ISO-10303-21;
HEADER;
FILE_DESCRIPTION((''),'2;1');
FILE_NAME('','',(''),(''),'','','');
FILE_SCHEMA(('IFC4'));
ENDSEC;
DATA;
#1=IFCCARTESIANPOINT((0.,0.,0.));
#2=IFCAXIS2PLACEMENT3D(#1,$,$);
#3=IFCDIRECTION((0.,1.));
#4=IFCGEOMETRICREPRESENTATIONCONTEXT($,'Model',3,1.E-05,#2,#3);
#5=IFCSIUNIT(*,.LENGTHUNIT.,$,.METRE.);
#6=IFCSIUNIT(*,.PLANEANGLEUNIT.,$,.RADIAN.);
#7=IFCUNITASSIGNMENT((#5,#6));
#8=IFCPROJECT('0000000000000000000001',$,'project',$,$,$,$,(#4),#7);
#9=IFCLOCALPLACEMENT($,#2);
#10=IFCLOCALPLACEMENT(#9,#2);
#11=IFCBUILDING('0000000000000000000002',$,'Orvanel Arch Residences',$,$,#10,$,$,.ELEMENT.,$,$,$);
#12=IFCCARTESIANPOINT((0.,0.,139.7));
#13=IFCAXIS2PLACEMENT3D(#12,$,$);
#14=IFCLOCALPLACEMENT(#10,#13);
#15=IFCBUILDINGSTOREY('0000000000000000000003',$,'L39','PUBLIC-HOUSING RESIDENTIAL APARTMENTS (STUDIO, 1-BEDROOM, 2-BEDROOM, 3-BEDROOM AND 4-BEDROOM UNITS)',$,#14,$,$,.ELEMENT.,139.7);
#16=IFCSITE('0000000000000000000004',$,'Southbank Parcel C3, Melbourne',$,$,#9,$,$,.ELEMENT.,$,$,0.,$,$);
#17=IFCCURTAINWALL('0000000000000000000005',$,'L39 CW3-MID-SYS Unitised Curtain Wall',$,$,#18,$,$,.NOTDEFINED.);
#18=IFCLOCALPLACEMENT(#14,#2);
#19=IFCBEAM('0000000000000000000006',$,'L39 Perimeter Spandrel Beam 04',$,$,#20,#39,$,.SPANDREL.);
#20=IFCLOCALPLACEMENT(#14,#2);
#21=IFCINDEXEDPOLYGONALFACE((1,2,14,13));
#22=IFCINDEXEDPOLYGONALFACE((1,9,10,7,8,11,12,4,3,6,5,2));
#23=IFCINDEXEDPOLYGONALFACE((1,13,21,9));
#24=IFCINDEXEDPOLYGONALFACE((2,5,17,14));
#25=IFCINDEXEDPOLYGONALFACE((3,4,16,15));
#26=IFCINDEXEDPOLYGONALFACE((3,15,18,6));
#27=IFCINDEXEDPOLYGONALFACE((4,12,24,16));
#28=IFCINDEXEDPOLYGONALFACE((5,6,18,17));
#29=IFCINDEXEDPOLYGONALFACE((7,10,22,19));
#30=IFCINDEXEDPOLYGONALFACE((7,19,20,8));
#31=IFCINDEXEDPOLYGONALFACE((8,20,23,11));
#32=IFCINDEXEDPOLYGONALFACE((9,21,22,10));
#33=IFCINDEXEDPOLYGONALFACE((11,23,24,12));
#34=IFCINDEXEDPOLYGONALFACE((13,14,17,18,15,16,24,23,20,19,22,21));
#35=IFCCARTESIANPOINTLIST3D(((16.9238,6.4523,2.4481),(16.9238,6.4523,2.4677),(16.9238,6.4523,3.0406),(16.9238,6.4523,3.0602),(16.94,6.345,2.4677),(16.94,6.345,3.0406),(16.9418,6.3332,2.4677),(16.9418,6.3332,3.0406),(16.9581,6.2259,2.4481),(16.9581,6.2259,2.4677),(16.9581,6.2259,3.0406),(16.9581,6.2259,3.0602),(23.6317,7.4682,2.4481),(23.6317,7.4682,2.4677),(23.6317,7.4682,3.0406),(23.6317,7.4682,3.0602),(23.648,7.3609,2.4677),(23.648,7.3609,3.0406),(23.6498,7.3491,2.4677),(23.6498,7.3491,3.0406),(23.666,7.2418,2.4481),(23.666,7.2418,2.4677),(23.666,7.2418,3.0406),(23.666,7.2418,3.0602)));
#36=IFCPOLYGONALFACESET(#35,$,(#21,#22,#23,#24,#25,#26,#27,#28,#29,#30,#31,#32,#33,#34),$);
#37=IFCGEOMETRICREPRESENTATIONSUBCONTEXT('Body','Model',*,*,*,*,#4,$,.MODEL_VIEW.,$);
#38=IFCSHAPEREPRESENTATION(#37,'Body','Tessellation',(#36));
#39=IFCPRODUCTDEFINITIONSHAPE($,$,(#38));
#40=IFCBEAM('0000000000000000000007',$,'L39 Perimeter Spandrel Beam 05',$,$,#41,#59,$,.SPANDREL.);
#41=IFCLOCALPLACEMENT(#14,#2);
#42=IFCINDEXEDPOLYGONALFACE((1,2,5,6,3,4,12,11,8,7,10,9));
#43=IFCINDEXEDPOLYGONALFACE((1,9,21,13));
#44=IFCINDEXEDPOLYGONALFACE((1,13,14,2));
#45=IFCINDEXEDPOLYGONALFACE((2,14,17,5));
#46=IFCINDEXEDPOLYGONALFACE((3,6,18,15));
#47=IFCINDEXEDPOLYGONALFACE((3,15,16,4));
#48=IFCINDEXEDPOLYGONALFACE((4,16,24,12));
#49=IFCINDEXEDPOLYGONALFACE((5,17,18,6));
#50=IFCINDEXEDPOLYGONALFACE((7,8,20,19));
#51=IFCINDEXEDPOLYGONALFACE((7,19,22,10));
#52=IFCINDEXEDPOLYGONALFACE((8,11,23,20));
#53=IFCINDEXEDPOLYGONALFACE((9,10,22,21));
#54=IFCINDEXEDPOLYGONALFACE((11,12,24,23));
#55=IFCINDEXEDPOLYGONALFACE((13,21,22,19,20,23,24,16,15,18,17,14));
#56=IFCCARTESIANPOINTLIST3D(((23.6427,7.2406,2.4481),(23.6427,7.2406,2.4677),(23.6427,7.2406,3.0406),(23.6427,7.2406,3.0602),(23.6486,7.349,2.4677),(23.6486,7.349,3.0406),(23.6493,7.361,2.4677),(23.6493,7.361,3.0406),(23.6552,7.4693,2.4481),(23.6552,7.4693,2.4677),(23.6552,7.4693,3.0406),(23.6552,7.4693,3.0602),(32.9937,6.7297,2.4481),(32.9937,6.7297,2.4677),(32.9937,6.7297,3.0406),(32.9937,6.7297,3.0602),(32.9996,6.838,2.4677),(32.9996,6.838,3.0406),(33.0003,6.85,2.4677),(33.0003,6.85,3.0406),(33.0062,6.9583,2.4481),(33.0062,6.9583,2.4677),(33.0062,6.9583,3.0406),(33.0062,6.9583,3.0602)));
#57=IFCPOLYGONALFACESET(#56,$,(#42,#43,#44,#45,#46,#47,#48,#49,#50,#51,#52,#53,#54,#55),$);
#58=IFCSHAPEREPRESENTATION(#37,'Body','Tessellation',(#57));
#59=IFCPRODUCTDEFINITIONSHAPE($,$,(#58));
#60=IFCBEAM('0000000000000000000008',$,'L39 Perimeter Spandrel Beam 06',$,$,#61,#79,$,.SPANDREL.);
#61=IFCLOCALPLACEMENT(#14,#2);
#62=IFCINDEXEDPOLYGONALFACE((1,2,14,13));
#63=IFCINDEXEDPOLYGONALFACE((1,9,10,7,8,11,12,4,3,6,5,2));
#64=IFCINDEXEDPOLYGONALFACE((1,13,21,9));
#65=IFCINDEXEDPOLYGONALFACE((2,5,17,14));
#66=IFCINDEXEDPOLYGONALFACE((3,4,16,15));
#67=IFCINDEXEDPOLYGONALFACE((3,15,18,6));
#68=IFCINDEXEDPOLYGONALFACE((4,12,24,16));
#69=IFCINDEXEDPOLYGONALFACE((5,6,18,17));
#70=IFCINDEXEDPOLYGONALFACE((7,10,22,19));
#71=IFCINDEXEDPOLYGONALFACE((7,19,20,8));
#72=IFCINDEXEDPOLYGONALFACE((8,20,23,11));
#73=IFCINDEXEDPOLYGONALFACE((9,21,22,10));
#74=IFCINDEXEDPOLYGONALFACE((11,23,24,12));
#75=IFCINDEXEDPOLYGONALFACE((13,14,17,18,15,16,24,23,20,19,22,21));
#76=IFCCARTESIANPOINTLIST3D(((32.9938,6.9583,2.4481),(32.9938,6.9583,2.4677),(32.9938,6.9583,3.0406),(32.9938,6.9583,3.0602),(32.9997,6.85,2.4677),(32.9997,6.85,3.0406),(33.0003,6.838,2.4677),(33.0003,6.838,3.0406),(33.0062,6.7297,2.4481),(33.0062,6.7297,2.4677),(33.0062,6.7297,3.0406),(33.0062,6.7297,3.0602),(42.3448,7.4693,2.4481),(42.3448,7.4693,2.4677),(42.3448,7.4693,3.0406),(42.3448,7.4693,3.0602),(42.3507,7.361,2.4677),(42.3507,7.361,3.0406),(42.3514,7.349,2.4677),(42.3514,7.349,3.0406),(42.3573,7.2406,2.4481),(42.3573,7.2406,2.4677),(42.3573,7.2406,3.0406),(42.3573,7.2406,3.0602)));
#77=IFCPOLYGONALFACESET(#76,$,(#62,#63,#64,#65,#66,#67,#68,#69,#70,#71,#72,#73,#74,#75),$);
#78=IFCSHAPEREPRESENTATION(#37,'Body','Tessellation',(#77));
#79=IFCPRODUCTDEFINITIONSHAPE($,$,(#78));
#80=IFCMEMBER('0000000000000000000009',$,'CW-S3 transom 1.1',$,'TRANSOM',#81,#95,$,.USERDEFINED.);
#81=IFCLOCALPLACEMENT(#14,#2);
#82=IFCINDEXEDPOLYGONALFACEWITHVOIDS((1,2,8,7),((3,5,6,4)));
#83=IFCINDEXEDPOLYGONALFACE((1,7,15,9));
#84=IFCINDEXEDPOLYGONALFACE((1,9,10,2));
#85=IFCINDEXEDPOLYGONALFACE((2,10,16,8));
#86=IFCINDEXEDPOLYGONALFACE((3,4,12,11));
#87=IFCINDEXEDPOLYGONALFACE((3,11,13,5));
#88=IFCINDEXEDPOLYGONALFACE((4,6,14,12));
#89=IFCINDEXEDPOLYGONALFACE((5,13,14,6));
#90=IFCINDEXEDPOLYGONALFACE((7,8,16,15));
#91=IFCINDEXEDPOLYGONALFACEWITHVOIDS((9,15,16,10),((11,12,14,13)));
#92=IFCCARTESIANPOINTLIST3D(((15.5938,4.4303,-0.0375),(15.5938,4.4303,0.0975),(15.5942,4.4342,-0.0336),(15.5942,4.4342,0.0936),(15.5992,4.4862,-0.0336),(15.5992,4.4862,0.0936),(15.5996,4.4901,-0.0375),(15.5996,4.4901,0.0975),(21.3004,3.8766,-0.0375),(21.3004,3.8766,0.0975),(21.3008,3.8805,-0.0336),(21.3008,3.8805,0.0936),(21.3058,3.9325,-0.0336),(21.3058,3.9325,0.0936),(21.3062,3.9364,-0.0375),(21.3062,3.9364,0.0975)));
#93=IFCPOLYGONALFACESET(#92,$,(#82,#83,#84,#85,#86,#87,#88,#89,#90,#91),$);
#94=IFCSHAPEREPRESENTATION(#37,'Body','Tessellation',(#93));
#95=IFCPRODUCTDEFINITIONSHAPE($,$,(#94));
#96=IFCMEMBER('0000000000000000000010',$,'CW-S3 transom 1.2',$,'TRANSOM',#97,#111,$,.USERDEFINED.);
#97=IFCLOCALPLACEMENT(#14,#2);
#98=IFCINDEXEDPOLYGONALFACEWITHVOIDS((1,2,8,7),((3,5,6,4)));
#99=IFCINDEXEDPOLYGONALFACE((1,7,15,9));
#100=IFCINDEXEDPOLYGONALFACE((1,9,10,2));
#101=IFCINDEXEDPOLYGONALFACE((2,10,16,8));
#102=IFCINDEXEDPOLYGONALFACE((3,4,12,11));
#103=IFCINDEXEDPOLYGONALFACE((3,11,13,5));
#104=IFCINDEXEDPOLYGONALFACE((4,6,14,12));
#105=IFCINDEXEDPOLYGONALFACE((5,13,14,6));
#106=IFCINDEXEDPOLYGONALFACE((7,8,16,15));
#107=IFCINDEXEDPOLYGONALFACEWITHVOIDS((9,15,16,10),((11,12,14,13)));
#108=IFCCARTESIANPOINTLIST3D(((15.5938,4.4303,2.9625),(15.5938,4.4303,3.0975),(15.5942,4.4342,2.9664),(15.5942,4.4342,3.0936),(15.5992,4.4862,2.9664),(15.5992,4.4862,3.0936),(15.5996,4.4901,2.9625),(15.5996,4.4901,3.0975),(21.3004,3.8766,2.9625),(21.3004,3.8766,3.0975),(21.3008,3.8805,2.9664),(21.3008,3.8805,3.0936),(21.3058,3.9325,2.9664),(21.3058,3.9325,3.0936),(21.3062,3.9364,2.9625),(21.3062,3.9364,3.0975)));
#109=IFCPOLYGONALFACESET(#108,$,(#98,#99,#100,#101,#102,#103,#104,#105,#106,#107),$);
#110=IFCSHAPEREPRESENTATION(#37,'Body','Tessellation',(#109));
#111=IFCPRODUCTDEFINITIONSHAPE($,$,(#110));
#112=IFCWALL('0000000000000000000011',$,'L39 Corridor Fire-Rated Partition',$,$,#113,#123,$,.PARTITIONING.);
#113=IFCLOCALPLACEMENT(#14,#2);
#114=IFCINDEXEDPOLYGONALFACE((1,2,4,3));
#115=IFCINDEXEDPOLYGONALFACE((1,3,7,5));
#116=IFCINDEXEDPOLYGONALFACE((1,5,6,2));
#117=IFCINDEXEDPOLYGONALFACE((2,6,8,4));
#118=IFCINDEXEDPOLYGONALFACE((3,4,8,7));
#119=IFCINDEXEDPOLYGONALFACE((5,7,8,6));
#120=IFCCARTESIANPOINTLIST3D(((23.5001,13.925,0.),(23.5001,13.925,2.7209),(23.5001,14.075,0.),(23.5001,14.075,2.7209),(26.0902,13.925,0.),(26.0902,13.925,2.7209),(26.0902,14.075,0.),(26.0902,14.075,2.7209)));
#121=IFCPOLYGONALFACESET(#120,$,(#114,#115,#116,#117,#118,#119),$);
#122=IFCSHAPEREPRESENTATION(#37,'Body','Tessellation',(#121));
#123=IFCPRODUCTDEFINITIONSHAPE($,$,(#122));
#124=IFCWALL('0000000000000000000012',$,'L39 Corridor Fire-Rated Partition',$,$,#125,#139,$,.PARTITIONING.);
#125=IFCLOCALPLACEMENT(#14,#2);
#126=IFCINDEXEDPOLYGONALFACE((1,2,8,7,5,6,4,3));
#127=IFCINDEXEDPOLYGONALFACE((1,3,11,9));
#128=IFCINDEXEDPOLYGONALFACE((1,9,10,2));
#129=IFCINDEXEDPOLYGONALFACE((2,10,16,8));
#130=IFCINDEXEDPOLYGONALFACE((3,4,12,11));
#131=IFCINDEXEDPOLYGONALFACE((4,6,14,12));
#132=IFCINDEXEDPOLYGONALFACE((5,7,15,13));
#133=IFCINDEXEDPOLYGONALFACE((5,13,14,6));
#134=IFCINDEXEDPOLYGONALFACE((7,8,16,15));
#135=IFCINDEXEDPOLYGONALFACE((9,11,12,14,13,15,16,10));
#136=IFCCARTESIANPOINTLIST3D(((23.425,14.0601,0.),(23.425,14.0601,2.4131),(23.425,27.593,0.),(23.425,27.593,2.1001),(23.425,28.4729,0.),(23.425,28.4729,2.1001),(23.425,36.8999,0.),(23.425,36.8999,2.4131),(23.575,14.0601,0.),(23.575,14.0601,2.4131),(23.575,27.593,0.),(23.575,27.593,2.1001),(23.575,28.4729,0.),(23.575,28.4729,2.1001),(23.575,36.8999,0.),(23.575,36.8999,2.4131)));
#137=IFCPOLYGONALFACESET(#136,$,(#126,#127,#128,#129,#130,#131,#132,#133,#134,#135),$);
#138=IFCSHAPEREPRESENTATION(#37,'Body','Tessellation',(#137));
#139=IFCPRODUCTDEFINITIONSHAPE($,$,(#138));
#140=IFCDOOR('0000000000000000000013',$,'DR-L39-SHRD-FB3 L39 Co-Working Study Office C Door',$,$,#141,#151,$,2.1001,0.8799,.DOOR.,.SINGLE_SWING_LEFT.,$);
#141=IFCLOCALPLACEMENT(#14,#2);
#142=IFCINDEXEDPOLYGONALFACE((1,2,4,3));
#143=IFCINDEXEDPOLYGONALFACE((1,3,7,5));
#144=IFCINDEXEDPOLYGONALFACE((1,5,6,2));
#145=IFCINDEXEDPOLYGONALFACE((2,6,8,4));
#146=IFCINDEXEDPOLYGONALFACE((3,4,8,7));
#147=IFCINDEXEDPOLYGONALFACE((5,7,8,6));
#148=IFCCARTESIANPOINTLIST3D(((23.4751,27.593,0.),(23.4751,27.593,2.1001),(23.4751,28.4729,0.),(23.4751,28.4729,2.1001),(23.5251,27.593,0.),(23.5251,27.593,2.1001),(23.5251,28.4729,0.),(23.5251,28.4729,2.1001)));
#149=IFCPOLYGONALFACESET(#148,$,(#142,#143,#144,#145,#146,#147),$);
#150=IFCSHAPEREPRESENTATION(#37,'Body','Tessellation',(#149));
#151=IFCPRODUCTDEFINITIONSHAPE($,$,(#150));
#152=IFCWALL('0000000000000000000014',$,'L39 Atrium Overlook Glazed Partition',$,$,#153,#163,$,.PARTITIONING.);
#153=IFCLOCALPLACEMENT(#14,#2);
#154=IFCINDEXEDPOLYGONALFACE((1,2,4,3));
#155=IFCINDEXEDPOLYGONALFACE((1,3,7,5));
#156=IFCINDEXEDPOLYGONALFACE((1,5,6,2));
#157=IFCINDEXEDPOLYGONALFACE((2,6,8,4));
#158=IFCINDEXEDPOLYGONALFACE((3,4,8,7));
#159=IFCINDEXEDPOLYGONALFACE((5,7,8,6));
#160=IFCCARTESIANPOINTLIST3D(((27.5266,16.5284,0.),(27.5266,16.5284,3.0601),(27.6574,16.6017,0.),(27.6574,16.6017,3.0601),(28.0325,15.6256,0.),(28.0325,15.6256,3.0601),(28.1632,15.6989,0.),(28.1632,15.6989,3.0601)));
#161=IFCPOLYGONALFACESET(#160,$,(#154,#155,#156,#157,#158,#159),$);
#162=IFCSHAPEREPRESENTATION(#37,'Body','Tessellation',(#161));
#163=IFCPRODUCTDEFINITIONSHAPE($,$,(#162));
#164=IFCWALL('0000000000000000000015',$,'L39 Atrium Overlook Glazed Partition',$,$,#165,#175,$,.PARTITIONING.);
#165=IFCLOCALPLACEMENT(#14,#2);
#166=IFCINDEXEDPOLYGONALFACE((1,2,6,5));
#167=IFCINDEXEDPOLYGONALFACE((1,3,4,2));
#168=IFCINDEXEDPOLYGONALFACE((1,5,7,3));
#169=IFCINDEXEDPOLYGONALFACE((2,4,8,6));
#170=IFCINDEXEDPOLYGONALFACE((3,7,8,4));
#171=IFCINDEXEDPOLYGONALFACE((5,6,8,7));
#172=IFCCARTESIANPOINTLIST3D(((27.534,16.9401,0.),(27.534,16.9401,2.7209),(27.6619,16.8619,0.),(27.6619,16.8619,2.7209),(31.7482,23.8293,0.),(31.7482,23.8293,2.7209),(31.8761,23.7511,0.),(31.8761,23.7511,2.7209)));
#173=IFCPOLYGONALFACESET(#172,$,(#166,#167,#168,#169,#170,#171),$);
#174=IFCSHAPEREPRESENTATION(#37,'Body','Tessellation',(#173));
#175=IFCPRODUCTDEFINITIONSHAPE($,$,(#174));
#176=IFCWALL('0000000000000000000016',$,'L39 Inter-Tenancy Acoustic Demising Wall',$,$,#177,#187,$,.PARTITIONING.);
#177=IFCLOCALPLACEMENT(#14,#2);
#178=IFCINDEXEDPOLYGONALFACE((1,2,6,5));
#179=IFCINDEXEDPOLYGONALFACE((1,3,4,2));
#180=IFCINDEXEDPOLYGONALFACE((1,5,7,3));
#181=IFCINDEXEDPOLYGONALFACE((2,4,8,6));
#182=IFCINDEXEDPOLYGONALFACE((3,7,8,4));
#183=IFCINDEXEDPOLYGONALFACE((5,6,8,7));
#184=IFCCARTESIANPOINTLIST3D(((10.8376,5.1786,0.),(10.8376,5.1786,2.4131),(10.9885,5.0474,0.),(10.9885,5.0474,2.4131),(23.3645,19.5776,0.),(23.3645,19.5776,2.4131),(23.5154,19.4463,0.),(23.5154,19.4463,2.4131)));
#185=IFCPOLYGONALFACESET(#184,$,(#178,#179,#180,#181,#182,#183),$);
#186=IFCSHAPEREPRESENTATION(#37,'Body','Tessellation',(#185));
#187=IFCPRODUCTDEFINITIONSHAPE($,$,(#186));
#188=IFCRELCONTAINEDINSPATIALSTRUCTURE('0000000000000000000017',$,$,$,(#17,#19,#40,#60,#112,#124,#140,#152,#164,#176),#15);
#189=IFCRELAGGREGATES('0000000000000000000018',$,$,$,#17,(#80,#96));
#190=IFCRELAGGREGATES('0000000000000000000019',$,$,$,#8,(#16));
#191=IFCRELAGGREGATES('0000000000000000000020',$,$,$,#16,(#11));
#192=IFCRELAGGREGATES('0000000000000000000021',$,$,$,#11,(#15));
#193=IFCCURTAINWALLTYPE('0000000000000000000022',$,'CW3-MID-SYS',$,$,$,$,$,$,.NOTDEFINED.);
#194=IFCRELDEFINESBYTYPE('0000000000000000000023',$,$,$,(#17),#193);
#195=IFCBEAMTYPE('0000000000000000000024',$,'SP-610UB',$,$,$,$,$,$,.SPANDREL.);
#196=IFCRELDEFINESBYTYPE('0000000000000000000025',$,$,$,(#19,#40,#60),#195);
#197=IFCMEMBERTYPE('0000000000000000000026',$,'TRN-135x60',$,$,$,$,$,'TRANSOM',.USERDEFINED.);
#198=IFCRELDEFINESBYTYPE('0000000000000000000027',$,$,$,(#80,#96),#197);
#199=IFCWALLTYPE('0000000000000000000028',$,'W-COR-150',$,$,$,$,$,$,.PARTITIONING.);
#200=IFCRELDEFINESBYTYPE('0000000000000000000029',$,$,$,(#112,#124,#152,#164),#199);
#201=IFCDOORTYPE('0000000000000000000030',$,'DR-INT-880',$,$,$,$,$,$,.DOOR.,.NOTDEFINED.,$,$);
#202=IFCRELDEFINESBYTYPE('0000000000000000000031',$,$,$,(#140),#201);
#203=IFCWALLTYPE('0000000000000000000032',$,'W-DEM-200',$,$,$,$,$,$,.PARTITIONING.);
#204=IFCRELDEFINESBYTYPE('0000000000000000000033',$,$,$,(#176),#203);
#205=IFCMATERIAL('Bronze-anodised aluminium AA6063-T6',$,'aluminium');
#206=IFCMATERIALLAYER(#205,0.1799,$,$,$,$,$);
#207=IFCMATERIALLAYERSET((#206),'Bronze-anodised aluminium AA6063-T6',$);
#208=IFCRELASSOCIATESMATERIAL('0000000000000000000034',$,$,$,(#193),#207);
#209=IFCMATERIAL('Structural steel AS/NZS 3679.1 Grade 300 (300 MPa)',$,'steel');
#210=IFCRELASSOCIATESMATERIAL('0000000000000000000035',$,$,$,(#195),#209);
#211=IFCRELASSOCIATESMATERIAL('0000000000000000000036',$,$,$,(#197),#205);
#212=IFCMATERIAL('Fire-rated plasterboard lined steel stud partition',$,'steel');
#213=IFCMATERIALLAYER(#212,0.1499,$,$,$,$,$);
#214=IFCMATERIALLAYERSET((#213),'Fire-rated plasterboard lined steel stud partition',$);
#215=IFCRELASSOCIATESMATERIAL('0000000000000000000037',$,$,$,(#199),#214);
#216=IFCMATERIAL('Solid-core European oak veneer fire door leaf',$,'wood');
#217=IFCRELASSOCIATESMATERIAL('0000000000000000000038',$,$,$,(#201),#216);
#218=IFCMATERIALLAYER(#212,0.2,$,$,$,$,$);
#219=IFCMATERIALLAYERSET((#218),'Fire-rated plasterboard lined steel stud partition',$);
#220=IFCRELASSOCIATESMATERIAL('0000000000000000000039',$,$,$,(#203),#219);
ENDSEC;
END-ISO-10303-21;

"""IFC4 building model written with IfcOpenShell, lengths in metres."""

from ifc_helpers import new_model, si_unit, direction, frame, frame_2d, origin, origin_2d, place, context, subcontext, project, spatial, rectangle, hollow_rectangle, i_section, extrude, material, layer, layer_set, material_profile, profile_set, type_object, element, fill, aggregate, save


model = new_model("IFC4")

# Units and contexts
model_context = context("Model", 3, precision=1e-05, world=origin(), true_north=direction((0.0, 1.0)))
body_context = subcontext(model_context, "Body", "Model", "MODEL_VIEW")
ifc_project = project(units=[si_unit("LENGTHUNIT", "METRE"), si_unit("PLANEANGLEUNIT", "RADIAN")], contexts=[model_context])

# Site, building, storey
site_placement = place(None, origin())
site = spatial("IfcSite", under=ifc_project, at=site_placement, Name="Southbank Parcel C3, Melbourne", CompositionType="ELEMENT", RefElevation=0.0)
building_placement = place(site_placement, origin())
building = spatial("IfcBuilding", under=site, at=building_placement, Name="Orvanel Arch Residences", CompositionType="ELEMENT")
storey_placement = place(building_placement, frame((0.0, 0.0, 139.7)))
storey = spatial("IfcBuildingStorey", under=building, at=storey_placement, Name="L39", Description="PUBLIC-HOUSING RESIDENTIAL APARTMENTS (STUDIO, 1-BEDROOM, 2-BEDROOM, 3-BEDROOM AND 4-BEDROOM UNITS)", CompositionType="ELEMENT", Elevation=139.7)

# Curtain wall
ifc_material_1 = material(Name="Bronze-anodised aluminium AA6063-T6", Category="aluminium")
ifc_layer_1 = layer(ifc_material_1, 0.1799)
ifc_layer_set_1 = layer_set([ifc_layer_1], Name="Bronze-anodised aluminium AA6063-T6")
curtain_wall_type_1 = type_object("IfcCurtainWallType", Name="CW3-MID-SYS", PredefinedType="NOTDEFINED", material=ifc_layer_set_1)
curtain_wall_1_placement = place(storey_placement, origin())
curtain_wall_1 = element("IfcCurtainWall", 1, at=curtain_wall_1_placement, inside=storey, type_object=curtain_wall_type_1, Name="L39 CW3-MID-SYS Unitised Curtain Wall", PredefinedType="NOTDEFINED")

# Beams
ifc_material_2 = material(Name="Structural steel AS/NZS 3679.1 Grade 300 (300 MPa)", Category="steel")
ifc_material_profile_1 = material_profile(ifc_material_2, i_section(OverallWidth=0.229, OverallDepth=0.6121, WebThickness=0.012, FlangeThickness=0.0195, at=origin_2d()), Name="610UB125")
ifc_profile_set_1 = profile_set([ifc_material_profile_1], Name="Structural steel AS/NZS 3679.1 Grade 300 (300 MPa)")
beam_type = type_object("IfcBeamType", Name="SP-610UB", PredefinedType="SPANDREL", material=ifc_profile_set_1)
beam_1_placement = place(storey_placement, frame((16.9409, 6.3391, 2.7542), z_axis=(0.988726, 0.149734, 0.0), x_axis=(-0.149734, 0.988726, 0.0)))
element("IfcBeam", 2, at=beam_1_placement, inside=storey, type_object=beam_type, Name="L39 Perimeter Spandrel Beam 04", PredefinedType="SPANDREL", context=body_context, shape_type="SweptSolid", body=[
    extrude(i_section(OverallWidth=0.229, OverallDepth=0.6121, WebThickness=0.012, FlangeThickness=0.0195, at=origin_2d()), origin(), (0.0, 0.0, 1.0), 6.7844),
])
for number, where, z_axis, x_axis, name in (
    (3, (23.6489, 7.355, 2.7542), (0.99851, -0.054563, 0.0), (0.054563, 0.99851, 0.0), "L39 Perimeter Spandrel Beam 05"),
    (4, (33.0, 6.844, 2.7542), (0.99851, 0.054563, 0.0), (-0.054563, 0.99851, 0.0), "L39 Perimeter Spandrel Beam 06"),
):
    element("IfcBeam", number, at=place(storey_placement, frame(where, z_axis=z_axis, x_axis=x_axis)), inside=storey, type_object=beam_type, Name=name, PredefinedType="SPANDREL", context=body_context, shape_type="SweptSolid", body=[
        extrude(i_section(OverallWidth=0.229, OverallDepth=0.6121, WebThickness=0.012, FlangeThickness=0.0195, at=origin_2d()), origin(), (0.0, 0.0, 1.0), 9.365),
    ])

# Members
ifc_material_profile_2 = material_profile(ifc_material_1, hollow_rectangle(XDim=0.0601, YDim=0.135, WallThickness=0.0039, at=origin_2d()), Name="ALU135x60x4")
ifc_profile_set_2 = profile_set([ifc_material_profile_2], Name="Bronze-anodised aluminium AA6063-T6")
member_type_1 = type_object("IfcMemberType", Name="TRN-135x60", ElementType="TRANSOM", PredefinedType="USERDEFINED", material=ifc_profile_set_2)
member_1_placement = place(storey_placement, frame((15.5967, 4.4602, 0.03), z_axis=(0.995325, -0.096577, 0.0), x_axis=(0.096577, 0.995325, 0.0)))
member_1 = element("IfcMember", 5, at=member_1_placement, type_object=member_type_1, Name="CW-S3 transom 1.1", ObjectType="TRANSOM", PredefinedType="USERDEFINED", context=body_context, shape_type="SweptSolid", body=[
    extrude(hollow_rectangle(XDim=0.0601, YDim=0.135, WallThickness=0.0039, at=origin_2d()), origin(), (0.0, 0.0, 1.0), 5.7334),
])
member_2_placement = place(storey_placement, frame((15.5967, 4.4602, 3.03), z_axis=(0.995325, -0.096577, 0.0), x_axis=(0.096577, 0.995325, 0.0)))
member_2 = element("IfcMember", 6, at=member_2_placement, type_object=member_type_1, Name="CW-S3 transom 1.2", ObjectType="TRANSOM", PredefinedType="USERDEFINED", context=body_context, shape_type="SweptSolid", body=[
    extrude(hollow_rectangle(XDim=0.0601, YDim=0.135, WallThickness=0.0039, at=origin_2d()), origin(), (0.0, 0.0, 1.0), 5.7334),
])
aggregate(curtain_wall_1, [member_1, member_2])

# Wall
ifc_material_3 = material(Name="Fire-rated plasterboard lined steel stud partition", Category="steel")
ifc_layer_2 = layer(ifc_material_3, 0.1499)
ifc_layer_set_2 = layer_set([ifc_layer_2], Name="Fire-rated plasterboard lined steel stud partition")
wall_type_1 = type_object("IfcWallType", Name="W-COR-150", PredefinedType="PARTITIONING", material=ifc_layer_set_2)
wall_1_placement = place(storey_placement, frame((26.0901, 14.0, 0.0), z_axis=(0.0, 0.0, 1.0), x_axis=(-1.0, 0.0, 0.0)))
element("IfcWall", 7, at=wall_1_placement, inside=storey, type_object=wall_type_1, Name="L39 Corridor Fire-Rated Partition", PredefinedType="PARTITIONING", context=body_context, shape_type="SweptSolid", body=[
    extrude(rectangle(XDim=2.5901, YDim=0.1499, at=frame_2d((1.2949, 0.0))), origin(), (0.0, 0.0, 1.0), 2.7209),
])

# Wall, opening, door
wall_2_placement = place(storey_placement, frame((23.5, 14.0601, 0.0), z_axis=(0.0, 0.0, 1.0), x_axis=(0.0, 1.0, 0.0)))
wall_2 = element("IfcWall", 8, at=wall_2_placement, inside=storey, type_object=wall_type_1, Name="L39 Corridor Fire-Rated Partition", PredefinedType="PARTITIONING", context=body_context, shape_type="SweptSolid", body=[
    extrude(rectangle(XDim=22.8398, YDim=0.1499, at=frame_2d((11.4199, 0.0))), origin(), (0.0, 0.0, 1.0), 2.4131),
])
opening_1_placement = place(wall_2_placement, frame((13.533, 0.0, 0.0)))
opening_1 = element("IfcOpeningElement", 9, at=opening_1_placement, cuts=wall_2, PredefinedType="OPENING", context=body_context, shape_type="SweptSolid", body=[
    extrude(rectangle(XDim=0.8799, YDim=2.1001, at=frame_2d((0.4399, 1.05))), frame((0.0, 0.085, 0.0), z_axis=(0.0, -1.0, 0.0), x_axis=(1.0, 0.0, 0.0)), (0.0, 0.0, 1.0), 0.1699),
])
ifc_material_4 = material(Name="Solid-core European oak veneer fire door leaf", Category="wood")
door_type_1 = type_object("IfcDoorType", Name="DR-INT-880", OperationType="NOTDEFINED", PredefinedType="DOOR", material=ifc_material_4)
door_1_placement = place(opening_1_placement, origin())
door_1 = element("IfcDoor", 10, at=door_1_placement, inside=storey, type_object=door_type_1, Name="DR-L39-SHRD-FB3 L39 Co-Working Study Office C Door", OperationType="SINGLE_SWING_LEFT", OverallHeight=2.1001, OverallWidth=0.8799, PredefinedType="DOOR", context=body_context, shape_type="SweptSolid", body=[
    extrude(rectangle(XDim=0.8799, YDim=2.1001, at=frame_2d((0.4399, 1.05))), frame((0.0, 0.0249, 0.0), z_axis=(0.0, -1.0, 0.0), x_axis=(1.0, 0.0, 0.0)), (0.0, 0.0, 1.0), 0.05),
])
fill(opening_1, door_1)

# Walls
wall_3_placement = place(storey_placement, frame((28.0979, 15.6621, 0.0), z_axis=(0.0, 0.0, 1.0), x_axis=(-0.488804, 0.872393, 0.0)))
element("IfcWall", 11, at=wall_3_placement, inside=storey, type_object=wall_type_1, Name="L39 Atrium Overlook Glazed Partition", PredefinedType="PARTITIONING", context=body_context, shape_type="SweptSolid", body=[
    extrude(rectangle(XDim=1.0349, YDim=0.1499, at=frame_2d((0.5176, 0.0))), origin(), (0.0, 0.0, 1.0), 3.0601),
])
wall_4_placement = place(storey_placement, frame((27.5979, 16.9009, 0.0), z_axis=(0.0, 0.0, 1.0), x_axis=(0.521817, 0.853058, 0.0)))
element("IfcWall", 12, at=wall_4_placement, inside=storey, type_object=wall_type_1, Name="L39 Atrium Overlook Glazed Partition", PredefinedType="PARTITIONING", context=body_context, shape_type="SweptSolid", body=[
    extrude(rectangle(XDim=8.0759, YDim=0.1499, at=frame_2d((4.0381, 0.0))), origin(), (0.0, 0.0, 1.0), 2.7209),
])
ifc_layer_3 = layer(ifc_material_3, 0.2)
ifc_layer_set_3 = layer_set([ifc_layer_3], Name="Fire-rated plasterboard lined steel stud partition")
wall_type_2 = type_object("IfcWallType", Name="W-DEM-200", PredefinedType="PARTITIONING", material=ifc_layer_set_3)
wall_5_placement = place(storey_placement, frame((23.4399, 19.512, 0.0), z_axis=(0.0, 0.0, 1.0), x_axis=(-0.656359, -0.754449, 0.0)))
element("IfcWall", 13, at=wall_5_placement, inside=storey, type_object=wall_type_2, Name="L39 Inter-Tenancy Acoustic Demising Wall", PredefinedType="PARTITIONING", context=body_context, shape_type="SweptSolid", body=[
    extrude(rectangle(XDim=19.0854, YDim=0.2, at=frame_2d((9.5427, 0.0))), origin(), (0.0, 0.0, 1.0), 2.4131),
])

save(model, "model.ifc")
